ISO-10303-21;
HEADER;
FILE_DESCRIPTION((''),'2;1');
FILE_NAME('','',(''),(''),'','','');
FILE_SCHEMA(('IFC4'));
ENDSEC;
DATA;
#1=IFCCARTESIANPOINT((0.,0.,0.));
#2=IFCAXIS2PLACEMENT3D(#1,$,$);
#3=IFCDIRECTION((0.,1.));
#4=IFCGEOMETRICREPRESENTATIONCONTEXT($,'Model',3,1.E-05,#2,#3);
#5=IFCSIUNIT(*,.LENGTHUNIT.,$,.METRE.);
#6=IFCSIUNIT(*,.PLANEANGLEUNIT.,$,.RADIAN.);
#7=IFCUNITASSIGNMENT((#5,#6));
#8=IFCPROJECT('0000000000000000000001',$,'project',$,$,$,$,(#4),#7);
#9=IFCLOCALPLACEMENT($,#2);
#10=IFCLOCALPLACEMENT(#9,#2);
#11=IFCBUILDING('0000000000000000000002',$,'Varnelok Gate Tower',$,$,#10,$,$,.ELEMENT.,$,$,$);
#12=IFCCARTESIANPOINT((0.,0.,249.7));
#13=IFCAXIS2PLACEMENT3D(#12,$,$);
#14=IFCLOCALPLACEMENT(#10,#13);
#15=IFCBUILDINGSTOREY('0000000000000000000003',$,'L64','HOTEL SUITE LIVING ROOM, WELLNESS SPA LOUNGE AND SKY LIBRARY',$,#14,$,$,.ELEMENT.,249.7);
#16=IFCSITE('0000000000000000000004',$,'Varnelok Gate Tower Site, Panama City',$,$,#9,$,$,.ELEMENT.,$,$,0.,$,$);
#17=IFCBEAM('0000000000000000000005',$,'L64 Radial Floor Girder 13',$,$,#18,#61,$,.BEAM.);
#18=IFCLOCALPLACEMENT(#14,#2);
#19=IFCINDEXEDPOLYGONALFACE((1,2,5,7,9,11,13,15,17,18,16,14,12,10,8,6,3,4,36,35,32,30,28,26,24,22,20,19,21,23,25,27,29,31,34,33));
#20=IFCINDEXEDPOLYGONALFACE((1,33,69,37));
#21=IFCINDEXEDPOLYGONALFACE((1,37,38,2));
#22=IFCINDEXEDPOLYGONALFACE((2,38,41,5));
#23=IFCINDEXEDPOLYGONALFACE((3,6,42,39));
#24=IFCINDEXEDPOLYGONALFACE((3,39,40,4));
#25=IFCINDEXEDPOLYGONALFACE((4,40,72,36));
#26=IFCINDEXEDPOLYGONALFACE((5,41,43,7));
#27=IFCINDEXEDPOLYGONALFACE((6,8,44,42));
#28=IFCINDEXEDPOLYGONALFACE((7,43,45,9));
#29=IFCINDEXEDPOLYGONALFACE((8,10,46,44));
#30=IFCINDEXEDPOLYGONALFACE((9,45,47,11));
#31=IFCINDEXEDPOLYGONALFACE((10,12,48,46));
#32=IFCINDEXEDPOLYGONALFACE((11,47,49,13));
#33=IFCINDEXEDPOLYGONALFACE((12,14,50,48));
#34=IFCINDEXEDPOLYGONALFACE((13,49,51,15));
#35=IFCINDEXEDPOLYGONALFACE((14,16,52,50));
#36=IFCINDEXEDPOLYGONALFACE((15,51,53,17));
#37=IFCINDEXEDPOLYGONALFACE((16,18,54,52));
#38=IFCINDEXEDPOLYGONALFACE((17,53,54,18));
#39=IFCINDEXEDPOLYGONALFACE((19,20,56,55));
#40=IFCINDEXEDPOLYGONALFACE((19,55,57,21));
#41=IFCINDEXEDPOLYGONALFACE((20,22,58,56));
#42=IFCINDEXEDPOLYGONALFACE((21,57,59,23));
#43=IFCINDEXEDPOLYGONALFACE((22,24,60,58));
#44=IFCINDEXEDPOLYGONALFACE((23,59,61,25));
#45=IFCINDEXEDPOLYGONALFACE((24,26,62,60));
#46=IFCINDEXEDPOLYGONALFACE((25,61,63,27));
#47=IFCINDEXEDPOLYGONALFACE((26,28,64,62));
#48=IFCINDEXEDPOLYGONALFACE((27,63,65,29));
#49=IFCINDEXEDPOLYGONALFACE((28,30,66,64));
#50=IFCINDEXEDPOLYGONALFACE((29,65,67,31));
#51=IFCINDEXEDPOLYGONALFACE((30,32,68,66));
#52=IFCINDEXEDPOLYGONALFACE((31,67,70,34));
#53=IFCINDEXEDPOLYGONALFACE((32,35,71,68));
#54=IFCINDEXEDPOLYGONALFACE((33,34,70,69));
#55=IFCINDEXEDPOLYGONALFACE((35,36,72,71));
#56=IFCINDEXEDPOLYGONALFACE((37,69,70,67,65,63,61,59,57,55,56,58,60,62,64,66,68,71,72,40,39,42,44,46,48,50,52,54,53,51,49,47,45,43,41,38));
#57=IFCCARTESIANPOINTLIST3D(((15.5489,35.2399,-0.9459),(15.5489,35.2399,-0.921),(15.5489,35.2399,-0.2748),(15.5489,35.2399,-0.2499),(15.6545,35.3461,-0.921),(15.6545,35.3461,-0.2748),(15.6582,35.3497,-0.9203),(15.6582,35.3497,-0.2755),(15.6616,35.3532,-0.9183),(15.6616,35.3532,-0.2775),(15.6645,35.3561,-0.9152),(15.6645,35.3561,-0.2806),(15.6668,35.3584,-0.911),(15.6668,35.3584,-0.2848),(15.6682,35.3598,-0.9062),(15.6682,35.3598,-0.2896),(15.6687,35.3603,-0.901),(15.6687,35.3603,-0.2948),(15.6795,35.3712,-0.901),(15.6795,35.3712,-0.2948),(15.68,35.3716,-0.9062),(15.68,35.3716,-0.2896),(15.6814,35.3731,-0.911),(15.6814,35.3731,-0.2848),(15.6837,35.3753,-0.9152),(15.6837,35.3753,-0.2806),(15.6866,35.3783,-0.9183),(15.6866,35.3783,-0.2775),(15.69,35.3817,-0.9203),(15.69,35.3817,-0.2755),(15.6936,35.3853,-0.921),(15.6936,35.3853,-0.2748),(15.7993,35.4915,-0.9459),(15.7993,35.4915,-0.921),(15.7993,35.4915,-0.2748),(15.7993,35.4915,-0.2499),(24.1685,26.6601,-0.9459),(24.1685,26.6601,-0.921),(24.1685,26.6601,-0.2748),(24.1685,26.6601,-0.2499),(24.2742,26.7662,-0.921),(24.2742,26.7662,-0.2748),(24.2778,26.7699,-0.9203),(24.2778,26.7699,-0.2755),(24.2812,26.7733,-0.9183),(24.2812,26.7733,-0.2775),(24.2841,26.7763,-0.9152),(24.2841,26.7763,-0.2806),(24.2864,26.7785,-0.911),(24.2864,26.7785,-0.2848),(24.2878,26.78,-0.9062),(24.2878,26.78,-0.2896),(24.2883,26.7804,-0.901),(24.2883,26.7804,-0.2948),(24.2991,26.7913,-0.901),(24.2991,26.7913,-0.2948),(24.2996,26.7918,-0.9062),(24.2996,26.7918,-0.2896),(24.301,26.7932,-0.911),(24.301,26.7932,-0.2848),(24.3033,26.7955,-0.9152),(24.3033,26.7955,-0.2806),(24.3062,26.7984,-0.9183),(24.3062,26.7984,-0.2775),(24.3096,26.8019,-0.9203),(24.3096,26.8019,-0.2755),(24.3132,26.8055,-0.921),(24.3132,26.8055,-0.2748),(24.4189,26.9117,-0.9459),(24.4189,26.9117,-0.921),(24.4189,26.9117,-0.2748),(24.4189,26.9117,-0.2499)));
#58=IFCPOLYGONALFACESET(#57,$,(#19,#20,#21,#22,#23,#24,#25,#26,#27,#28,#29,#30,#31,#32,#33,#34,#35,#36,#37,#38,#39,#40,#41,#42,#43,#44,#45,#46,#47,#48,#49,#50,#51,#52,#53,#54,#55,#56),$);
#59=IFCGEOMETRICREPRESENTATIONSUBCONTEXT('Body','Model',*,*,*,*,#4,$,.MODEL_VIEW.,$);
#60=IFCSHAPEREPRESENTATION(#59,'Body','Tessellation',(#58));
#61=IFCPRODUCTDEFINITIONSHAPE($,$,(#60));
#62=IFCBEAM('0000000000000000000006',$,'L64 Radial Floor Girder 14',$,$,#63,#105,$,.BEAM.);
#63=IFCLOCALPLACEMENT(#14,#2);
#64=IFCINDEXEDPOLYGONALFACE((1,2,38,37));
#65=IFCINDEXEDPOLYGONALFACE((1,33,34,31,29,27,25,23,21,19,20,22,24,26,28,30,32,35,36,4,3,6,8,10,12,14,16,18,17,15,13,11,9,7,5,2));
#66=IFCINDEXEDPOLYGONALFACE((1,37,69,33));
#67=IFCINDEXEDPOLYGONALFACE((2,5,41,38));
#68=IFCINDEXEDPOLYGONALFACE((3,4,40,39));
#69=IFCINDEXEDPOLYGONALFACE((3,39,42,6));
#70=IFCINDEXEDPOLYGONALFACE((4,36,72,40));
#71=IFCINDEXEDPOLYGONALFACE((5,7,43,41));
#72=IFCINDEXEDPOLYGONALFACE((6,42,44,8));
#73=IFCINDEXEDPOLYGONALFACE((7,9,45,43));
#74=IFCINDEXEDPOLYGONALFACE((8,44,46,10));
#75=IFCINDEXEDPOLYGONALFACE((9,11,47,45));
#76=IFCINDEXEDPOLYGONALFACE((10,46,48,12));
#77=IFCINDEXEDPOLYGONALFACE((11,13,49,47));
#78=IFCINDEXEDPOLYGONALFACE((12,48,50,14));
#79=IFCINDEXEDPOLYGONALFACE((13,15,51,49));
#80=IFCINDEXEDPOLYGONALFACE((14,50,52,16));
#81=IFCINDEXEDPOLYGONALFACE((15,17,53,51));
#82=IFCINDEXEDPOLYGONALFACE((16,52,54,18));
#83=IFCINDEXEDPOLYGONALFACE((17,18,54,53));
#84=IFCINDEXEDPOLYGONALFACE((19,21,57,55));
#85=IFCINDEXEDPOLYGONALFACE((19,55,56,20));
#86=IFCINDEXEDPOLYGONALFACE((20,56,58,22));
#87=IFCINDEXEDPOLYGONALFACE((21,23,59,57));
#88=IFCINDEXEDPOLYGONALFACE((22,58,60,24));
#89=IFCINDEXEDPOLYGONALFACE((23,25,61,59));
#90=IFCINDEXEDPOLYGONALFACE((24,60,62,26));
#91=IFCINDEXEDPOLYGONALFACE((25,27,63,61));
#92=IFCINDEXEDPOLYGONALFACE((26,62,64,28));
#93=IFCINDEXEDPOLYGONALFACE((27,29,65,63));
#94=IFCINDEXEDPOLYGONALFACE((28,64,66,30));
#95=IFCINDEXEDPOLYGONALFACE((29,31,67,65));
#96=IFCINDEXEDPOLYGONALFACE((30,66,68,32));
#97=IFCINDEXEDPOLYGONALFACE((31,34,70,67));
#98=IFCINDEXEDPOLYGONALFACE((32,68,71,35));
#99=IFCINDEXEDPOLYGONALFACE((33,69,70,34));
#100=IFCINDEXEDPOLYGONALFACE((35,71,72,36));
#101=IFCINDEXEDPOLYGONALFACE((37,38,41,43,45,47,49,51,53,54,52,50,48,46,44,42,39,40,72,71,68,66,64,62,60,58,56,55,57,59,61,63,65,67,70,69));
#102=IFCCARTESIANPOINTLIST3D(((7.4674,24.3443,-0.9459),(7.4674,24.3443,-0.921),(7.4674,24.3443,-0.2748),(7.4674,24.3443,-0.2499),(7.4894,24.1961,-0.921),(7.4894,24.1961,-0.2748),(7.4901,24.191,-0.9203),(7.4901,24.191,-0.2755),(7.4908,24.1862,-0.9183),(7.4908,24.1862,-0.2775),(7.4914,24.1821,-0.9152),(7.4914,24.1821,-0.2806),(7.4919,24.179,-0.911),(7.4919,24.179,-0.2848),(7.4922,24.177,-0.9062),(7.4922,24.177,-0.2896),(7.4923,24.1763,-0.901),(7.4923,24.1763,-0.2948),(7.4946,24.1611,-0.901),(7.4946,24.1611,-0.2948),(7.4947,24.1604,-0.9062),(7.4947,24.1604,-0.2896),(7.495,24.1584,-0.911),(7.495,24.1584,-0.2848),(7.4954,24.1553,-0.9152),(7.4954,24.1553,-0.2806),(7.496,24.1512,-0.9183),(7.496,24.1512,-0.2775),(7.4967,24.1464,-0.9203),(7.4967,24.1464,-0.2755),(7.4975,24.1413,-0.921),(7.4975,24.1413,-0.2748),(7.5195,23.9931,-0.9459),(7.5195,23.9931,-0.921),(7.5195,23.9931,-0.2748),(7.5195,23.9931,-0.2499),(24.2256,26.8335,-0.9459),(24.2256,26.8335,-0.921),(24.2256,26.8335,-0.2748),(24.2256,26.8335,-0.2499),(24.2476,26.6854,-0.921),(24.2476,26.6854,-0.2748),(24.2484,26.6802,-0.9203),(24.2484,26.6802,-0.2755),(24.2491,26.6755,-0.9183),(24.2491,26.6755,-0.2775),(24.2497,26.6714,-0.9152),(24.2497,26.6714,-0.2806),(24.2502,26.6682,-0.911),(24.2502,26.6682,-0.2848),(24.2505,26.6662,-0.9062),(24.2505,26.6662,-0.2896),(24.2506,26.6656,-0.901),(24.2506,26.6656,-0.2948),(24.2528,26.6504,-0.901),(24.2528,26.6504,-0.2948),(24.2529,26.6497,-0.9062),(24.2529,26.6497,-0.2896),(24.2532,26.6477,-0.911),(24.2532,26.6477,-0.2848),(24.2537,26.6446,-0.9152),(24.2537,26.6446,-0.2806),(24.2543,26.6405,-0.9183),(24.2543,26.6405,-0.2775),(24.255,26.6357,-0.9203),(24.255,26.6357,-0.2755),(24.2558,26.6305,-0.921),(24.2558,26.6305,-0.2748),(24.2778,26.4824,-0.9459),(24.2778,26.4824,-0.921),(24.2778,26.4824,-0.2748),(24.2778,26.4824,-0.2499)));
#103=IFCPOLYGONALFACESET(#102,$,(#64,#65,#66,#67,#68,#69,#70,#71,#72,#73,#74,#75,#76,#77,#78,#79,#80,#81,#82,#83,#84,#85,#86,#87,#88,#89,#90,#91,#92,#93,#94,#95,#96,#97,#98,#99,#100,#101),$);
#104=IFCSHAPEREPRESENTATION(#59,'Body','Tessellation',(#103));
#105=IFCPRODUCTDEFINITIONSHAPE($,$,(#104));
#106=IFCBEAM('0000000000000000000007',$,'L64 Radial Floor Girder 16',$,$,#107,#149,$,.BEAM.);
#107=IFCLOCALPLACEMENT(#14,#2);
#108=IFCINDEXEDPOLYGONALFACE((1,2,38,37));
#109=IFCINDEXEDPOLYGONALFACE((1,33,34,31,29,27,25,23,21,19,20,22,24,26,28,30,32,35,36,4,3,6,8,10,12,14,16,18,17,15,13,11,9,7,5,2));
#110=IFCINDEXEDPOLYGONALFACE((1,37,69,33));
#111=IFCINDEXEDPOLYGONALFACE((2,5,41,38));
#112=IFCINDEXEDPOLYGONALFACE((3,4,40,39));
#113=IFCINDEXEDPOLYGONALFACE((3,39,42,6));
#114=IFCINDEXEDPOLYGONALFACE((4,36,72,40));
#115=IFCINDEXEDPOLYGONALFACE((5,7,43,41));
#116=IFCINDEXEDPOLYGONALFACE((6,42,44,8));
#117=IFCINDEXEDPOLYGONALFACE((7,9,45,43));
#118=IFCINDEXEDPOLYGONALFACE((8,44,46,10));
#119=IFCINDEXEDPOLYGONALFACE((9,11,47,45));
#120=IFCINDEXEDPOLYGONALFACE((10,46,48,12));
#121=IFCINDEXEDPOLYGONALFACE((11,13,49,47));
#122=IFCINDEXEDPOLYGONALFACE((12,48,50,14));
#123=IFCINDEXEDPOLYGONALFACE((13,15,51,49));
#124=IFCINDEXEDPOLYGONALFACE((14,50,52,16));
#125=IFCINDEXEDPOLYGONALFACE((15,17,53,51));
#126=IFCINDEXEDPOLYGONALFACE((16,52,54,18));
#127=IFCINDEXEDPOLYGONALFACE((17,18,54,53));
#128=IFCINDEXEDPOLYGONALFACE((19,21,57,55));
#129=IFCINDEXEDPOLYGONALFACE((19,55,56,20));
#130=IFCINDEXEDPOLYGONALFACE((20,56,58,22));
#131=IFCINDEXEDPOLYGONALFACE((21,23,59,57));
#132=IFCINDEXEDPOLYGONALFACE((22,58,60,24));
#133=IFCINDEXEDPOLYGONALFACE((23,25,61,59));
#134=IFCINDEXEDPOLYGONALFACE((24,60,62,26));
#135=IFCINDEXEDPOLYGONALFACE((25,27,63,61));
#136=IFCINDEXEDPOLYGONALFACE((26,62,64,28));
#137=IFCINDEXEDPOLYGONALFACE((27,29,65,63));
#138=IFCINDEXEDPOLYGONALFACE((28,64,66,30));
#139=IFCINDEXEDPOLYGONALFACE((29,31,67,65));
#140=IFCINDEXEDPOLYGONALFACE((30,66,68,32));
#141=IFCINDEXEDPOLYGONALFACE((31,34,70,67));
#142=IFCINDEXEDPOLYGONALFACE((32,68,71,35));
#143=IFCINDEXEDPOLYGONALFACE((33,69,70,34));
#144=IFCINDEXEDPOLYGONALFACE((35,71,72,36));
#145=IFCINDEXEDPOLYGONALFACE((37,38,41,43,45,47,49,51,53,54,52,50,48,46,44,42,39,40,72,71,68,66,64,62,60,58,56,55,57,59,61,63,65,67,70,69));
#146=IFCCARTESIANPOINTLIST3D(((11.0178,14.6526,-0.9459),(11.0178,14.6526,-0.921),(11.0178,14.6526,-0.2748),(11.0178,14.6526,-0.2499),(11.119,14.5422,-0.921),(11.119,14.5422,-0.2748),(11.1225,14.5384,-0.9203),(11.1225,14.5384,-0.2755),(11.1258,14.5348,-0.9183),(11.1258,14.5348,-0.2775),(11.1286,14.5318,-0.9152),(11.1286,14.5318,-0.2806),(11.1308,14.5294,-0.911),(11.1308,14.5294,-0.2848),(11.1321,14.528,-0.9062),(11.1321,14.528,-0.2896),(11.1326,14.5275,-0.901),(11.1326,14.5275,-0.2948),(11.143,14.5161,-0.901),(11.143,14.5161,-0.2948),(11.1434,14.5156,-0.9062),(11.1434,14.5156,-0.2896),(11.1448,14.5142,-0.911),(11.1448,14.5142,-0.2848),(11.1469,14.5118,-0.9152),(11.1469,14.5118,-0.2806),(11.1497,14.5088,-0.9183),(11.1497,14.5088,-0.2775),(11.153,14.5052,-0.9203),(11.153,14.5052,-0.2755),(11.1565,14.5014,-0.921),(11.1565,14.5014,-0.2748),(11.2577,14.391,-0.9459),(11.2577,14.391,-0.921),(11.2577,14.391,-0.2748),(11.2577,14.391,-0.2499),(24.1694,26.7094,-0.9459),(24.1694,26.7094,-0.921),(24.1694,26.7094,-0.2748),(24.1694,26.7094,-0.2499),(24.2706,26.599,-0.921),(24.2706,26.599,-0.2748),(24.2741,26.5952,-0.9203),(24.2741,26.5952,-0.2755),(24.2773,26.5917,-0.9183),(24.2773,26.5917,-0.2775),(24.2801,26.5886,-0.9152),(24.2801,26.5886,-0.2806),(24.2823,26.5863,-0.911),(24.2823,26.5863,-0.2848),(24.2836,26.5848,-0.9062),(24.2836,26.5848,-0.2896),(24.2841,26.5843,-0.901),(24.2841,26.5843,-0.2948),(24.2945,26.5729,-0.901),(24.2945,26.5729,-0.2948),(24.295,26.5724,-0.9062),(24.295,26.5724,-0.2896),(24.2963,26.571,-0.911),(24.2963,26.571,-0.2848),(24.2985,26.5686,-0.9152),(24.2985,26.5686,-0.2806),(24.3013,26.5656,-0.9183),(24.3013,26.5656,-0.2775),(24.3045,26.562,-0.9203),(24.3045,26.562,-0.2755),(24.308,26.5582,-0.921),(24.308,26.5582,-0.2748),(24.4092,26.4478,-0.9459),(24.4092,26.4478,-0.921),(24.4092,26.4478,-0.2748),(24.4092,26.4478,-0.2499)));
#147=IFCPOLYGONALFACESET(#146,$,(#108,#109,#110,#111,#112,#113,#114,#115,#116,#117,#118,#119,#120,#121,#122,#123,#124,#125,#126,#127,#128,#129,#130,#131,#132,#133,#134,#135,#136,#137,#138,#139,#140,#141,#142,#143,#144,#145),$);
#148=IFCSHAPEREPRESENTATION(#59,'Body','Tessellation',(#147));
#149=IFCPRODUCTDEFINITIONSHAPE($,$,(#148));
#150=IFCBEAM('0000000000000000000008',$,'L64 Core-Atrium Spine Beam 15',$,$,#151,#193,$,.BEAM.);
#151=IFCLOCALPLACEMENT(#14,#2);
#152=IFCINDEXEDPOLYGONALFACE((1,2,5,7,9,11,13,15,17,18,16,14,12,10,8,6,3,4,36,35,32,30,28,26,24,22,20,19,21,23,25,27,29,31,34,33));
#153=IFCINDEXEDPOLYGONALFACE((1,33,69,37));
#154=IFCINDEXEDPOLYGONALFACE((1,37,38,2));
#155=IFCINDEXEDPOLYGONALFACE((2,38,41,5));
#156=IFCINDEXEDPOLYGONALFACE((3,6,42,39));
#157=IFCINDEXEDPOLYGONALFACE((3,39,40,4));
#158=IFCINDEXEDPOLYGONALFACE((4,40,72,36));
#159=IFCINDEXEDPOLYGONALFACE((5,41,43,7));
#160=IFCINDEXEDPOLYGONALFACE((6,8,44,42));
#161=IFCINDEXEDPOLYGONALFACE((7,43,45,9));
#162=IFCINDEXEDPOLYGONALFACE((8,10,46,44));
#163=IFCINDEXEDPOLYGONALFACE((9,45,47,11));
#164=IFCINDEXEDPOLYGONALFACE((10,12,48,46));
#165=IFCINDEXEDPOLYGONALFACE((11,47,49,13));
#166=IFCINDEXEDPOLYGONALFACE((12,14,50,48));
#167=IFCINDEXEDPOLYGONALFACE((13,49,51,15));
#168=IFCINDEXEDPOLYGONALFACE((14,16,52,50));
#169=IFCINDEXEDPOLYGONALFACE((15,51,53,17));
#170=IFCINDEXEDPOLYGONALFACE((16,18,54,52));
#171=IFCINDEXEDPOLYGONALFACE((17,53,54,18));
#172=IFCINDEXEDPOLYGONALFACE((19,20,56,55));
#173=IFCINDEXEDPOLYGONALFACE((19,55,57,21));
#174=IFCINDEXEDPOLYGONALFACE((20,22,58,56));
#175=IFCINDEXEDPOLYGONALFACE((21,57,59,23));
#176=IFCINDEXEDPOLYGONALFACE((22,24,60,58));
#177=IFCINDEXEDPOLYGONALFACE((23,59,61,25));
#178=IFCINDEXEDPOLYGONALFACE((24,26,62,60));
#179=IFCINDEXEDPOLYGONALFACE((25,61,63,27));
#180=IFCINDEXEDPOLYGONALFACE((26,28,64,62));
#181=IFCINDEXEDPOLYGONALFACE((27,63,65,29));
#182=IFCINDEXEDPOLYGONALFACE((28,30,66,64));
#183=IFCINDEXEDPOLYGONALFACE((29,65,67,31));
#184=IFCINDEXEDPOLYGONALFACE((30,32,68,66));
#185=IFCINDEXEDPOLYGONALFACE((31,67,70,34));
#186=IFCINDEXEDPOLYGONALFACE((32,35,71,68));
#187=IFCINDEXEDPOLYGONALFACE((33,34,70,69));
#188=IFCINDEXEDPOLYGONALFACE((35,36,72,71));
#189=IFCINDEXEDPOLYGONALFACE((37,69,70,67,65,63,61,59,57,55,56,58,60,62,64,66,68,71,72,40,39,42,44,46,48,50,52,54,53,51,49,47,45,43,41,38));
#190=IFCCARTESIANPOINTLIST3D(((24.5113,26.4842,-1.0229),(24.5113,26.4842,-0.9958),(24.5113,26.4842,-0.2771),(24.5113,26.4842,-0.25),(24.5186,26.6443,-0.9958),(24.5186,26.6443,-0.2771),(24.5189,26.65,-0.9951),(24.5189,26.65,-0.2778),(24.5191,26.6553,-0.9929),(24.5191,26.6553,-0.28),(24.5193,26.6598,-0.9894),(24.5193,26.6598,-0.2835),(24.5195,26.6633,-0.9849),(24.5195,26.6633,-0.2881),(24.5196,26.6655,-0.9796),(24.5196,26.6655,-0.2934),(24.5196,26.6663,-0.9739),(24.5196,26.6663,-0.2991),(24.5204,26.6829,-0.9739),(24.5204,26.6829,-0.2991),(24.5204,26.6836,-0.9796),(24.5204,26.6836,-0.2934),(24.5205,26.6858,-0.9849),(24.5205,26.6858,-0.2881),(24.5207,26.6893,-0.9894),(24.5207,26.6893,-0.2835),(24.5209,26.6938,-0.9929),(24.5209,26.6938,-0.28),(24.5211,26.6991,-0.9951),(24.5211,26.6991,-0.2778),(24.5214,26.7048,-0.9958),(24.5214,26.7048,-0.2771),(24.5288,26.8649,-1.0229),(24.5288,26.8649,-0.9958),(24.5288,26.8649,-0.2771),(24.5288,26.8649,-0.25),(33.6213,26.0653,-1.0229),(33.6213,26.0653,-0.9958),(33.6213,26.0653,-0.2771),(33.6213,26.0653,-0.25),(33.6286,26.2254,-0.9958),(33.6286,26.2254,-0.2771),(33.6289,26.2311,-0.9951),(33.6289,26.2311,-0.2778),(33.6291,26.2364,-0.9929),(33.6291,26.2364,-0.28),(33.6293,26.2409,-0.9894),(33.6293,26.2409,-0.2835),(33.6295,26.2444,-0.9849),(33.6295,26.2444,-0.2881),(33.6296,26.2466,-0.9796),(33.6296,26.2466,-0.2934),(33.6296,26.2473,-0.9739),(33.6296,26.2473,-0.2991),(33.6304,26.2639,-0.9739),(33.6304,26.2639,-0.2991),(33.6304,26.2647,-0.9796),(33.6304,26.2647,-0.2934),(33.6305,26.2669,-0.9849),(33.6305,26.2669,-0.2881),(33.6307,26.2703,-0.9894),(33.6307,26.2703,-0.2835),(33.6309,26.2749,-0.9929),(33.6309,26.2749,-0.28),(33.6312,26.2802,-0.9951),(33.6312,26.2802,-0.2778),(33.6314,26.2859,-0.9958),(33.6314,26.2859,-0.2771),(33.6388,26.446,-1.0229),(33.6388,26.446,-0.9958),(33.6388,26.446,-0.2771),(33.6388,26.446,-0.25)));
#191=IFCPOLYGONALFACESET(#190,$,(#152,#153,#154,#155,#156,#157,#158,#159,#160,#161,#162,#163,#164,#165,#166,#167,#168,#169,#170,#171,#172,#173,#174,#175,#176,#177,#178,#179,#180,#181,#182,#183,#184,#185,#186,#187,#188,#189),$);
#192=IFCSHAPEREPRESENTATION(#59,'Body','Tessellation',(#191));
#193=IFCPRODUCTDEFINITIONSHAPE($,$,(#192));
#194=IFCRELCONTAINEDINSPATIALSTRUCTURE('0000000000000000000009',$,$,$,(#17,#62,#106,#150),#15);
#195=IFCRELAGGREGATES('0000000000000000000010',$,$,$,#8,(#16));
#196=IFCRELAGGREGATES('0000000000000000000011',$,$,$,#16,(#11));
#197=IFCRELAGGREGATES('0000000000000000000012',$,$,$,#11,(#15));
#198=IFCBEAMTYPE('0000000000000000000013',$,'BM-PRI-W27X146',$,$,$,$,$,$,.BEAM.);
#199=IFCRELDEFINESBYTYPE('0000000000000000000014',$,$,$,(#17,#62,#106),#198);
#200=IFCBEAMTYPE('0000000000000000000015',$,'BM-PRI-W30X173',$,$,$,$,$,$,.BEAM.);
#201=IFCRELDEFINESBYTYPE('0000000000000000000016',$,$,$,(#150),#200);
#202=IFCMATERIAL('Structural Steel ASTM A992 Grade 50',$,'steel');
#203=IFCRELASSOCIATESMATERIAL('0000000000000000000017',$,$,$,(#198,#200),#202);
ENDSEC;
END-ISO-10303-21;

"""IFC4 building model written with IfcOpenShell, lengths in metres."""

from ifc_helpers import new_model, si_unit, direction, frame, origin, origin_2d, place, context, subcontext, project, spatial, i_section, extrude, material, material_profile, profile_set, type_object, element, save


model = new_model("IFC4")

# Units and contexts
model_context = context("Model", 3, precision=1e-05, world=origin(), true_north=direction((0.0, 1.0)))
body_context = subcontext(model_context, "Body", "Model", "MODEL_VIEW")
ifc_project = project(units=[si_unit("LENGTHUNIT", "METRE"), si_unit("PLANEANGLEUNIT", "RADIAN")], contexts=[model_context])

# Site, building, storey
site_placement = place(None, origin())
site = spatial("IfcSite", under=ifc_project, at=site_placement, Name="Varnelok Gate Tower Site, Panama City", CompositionType="ELEMENT", RefElevation=0.0)
building_placement = place(site_placement, origin())
building = spatial("IfcBuilding", under=site, at=building_placement, Name="Varnelok Gate Tower", CompositionType="ELEMENT")
storey_placement = place(building_placement, frame((0.0, 0.0, 249.7)))
storey = spatial("IfcBuildingStorey", under=building, at=storey_placement, Name="L64", Description="HOTEL SUITE LIVING ROOM, WELLNESS SPA LOUNGE AND SKY LIBRARY", CompositionType="ELEMENT", Elevation=249.7)

# Shared definitions
ifc_material_1 = material(Name="Structural Steel ASTM A992 Grade 50", Category="steel")

# Beams
ifc_material_profile_1 = material_profile(ifc_material_1, i_section(OverallWidth=0.355, OverallDepth=0.696, WebThickness=0.0154, FlangeThickness=0.0249, FilletRadius=0.02, at=origin_2d()), Name="W27X146")
ifc_profile_set_1 = profile_set([ifc_material_profile_1], Name="Structural Steel ASTM A992 Grade 50")
beam_type_1 = type_object("IfcBeamType", Name="BM-PRI-W27X146", PredefinedType="BEAM", material=ifc_profile_set_1)
beam_1_placement = place(storey_placement, frame((24.2937, 26.7859, -0.5979), z_axis=(-0.708741, 0.705469, 0.0), x_axis=(-0.705469, -0.708741, 0.0)))
element("IfcBeam", 1, at=beam_1_placement, inside=storey, type_object=beam_type_1, Name="L64 Radial Floor Girder 13", PredefinedType="BEAM", context=body_context, shape_type="SweptSolid", body=[
    extrude(i_section(OverallWidth=0.355, OverallDepth=0.696, WebThickness=0.0154, FlangeThickness=0.0249, FilletRadius=0.02, at=origin_2d()), origin(), (0.0, 0.0, 1.0), 12.1619),
])
beam_2_placement = place(storey_placement, frame((24.2517, 26.658, -0.5979), z_axis=(-0.989147, -0.146927, 0.0), x_axis=(0.146927, -0.989147, 0.0)))
element("IfcBeam", 2, at=beam_2_placement, inside=storey, type_object=beam_type_1, Name="L64 Radial Floor Girder 14", PredefinedType="BEAM", context=body_context, shape_type="SweptSolid", body=[
    extrude(i_section(OverallWidth=0.355, OverallDepth=0.696, WebThickness=0.0154, FlangeThickness=0.0249, FilletRadius=0.02, at=origin_2d()), origin(), (0.0, 0.0, 1.0), 16.9421),
])
beam_3_placement = place(storey_placement, frame((24.2893, 26.5786, -0.5979), z_axis=(-0.737119, -0.675762, 0.0), x_axis=(0.675762, -0.737119, 0.0)))
element("IfcBeam", 3, at=beam_3_placement, inside=storey, type_object=beam_type_1, Name="L64 Radial Floor Girder 16", PredefinedType="BEAM", context=body_context, shape_type="SweptSolid", body=[
    extrude(i_section(OverallWidth=0.355, OverallDepth=0.696, WebThickness=0.0154, FlangeThickness=0.0249, FilletRadius=0.02, at=origin_2d()), origin(), (0.0, 0.0, 1.0), 17.8418),
])
ifc_material_profile_2 = material_profile(ifc_material_1, i_section(OverallWidth=0.3811, OverallDepth=0.7729, WebThickness=0.0166, FlangeThickness=0.0271, FilletRadius=0.022, at=origin_2d()), Name="W30X173")
ifc_profile_set_2 = profile_set([ifc_material_profile_2], Name="Structural Steel ASTM A992 Grade 50")
beam_type_2 = type_object("IfcBeamType", Name="BM-PRI-W30X173", PredefinedType="BEAM", material=ifc_profile_set_2)
beam_4_placement = place(storey_placement, frame((24.52, 26.6746, -0.6365), z_axis=(0.998944, -0.045938, 0.0), x_axis=(0.045938, 0.998944, 0.0)))
element("IfcBeam", 4, at=beam_4_placement, inside=storey, type_object=beam_type_2, Name="L64 Core-Atrium Spine Beam 15", PredefinedType="BEAM", context=body_context, shape_type="SweptSolid", body=[
    extrude(i_section(OverallWidth=0.3811, OverallDepth=0.7729, WebThickness=0.0166, FlangeThickness=0.0271, FilletRadius=0.022, at=origin_2d()), origin(), (0.0, 0.0, 1.0), 9.1196),
])

save(model, "model.ifc")
